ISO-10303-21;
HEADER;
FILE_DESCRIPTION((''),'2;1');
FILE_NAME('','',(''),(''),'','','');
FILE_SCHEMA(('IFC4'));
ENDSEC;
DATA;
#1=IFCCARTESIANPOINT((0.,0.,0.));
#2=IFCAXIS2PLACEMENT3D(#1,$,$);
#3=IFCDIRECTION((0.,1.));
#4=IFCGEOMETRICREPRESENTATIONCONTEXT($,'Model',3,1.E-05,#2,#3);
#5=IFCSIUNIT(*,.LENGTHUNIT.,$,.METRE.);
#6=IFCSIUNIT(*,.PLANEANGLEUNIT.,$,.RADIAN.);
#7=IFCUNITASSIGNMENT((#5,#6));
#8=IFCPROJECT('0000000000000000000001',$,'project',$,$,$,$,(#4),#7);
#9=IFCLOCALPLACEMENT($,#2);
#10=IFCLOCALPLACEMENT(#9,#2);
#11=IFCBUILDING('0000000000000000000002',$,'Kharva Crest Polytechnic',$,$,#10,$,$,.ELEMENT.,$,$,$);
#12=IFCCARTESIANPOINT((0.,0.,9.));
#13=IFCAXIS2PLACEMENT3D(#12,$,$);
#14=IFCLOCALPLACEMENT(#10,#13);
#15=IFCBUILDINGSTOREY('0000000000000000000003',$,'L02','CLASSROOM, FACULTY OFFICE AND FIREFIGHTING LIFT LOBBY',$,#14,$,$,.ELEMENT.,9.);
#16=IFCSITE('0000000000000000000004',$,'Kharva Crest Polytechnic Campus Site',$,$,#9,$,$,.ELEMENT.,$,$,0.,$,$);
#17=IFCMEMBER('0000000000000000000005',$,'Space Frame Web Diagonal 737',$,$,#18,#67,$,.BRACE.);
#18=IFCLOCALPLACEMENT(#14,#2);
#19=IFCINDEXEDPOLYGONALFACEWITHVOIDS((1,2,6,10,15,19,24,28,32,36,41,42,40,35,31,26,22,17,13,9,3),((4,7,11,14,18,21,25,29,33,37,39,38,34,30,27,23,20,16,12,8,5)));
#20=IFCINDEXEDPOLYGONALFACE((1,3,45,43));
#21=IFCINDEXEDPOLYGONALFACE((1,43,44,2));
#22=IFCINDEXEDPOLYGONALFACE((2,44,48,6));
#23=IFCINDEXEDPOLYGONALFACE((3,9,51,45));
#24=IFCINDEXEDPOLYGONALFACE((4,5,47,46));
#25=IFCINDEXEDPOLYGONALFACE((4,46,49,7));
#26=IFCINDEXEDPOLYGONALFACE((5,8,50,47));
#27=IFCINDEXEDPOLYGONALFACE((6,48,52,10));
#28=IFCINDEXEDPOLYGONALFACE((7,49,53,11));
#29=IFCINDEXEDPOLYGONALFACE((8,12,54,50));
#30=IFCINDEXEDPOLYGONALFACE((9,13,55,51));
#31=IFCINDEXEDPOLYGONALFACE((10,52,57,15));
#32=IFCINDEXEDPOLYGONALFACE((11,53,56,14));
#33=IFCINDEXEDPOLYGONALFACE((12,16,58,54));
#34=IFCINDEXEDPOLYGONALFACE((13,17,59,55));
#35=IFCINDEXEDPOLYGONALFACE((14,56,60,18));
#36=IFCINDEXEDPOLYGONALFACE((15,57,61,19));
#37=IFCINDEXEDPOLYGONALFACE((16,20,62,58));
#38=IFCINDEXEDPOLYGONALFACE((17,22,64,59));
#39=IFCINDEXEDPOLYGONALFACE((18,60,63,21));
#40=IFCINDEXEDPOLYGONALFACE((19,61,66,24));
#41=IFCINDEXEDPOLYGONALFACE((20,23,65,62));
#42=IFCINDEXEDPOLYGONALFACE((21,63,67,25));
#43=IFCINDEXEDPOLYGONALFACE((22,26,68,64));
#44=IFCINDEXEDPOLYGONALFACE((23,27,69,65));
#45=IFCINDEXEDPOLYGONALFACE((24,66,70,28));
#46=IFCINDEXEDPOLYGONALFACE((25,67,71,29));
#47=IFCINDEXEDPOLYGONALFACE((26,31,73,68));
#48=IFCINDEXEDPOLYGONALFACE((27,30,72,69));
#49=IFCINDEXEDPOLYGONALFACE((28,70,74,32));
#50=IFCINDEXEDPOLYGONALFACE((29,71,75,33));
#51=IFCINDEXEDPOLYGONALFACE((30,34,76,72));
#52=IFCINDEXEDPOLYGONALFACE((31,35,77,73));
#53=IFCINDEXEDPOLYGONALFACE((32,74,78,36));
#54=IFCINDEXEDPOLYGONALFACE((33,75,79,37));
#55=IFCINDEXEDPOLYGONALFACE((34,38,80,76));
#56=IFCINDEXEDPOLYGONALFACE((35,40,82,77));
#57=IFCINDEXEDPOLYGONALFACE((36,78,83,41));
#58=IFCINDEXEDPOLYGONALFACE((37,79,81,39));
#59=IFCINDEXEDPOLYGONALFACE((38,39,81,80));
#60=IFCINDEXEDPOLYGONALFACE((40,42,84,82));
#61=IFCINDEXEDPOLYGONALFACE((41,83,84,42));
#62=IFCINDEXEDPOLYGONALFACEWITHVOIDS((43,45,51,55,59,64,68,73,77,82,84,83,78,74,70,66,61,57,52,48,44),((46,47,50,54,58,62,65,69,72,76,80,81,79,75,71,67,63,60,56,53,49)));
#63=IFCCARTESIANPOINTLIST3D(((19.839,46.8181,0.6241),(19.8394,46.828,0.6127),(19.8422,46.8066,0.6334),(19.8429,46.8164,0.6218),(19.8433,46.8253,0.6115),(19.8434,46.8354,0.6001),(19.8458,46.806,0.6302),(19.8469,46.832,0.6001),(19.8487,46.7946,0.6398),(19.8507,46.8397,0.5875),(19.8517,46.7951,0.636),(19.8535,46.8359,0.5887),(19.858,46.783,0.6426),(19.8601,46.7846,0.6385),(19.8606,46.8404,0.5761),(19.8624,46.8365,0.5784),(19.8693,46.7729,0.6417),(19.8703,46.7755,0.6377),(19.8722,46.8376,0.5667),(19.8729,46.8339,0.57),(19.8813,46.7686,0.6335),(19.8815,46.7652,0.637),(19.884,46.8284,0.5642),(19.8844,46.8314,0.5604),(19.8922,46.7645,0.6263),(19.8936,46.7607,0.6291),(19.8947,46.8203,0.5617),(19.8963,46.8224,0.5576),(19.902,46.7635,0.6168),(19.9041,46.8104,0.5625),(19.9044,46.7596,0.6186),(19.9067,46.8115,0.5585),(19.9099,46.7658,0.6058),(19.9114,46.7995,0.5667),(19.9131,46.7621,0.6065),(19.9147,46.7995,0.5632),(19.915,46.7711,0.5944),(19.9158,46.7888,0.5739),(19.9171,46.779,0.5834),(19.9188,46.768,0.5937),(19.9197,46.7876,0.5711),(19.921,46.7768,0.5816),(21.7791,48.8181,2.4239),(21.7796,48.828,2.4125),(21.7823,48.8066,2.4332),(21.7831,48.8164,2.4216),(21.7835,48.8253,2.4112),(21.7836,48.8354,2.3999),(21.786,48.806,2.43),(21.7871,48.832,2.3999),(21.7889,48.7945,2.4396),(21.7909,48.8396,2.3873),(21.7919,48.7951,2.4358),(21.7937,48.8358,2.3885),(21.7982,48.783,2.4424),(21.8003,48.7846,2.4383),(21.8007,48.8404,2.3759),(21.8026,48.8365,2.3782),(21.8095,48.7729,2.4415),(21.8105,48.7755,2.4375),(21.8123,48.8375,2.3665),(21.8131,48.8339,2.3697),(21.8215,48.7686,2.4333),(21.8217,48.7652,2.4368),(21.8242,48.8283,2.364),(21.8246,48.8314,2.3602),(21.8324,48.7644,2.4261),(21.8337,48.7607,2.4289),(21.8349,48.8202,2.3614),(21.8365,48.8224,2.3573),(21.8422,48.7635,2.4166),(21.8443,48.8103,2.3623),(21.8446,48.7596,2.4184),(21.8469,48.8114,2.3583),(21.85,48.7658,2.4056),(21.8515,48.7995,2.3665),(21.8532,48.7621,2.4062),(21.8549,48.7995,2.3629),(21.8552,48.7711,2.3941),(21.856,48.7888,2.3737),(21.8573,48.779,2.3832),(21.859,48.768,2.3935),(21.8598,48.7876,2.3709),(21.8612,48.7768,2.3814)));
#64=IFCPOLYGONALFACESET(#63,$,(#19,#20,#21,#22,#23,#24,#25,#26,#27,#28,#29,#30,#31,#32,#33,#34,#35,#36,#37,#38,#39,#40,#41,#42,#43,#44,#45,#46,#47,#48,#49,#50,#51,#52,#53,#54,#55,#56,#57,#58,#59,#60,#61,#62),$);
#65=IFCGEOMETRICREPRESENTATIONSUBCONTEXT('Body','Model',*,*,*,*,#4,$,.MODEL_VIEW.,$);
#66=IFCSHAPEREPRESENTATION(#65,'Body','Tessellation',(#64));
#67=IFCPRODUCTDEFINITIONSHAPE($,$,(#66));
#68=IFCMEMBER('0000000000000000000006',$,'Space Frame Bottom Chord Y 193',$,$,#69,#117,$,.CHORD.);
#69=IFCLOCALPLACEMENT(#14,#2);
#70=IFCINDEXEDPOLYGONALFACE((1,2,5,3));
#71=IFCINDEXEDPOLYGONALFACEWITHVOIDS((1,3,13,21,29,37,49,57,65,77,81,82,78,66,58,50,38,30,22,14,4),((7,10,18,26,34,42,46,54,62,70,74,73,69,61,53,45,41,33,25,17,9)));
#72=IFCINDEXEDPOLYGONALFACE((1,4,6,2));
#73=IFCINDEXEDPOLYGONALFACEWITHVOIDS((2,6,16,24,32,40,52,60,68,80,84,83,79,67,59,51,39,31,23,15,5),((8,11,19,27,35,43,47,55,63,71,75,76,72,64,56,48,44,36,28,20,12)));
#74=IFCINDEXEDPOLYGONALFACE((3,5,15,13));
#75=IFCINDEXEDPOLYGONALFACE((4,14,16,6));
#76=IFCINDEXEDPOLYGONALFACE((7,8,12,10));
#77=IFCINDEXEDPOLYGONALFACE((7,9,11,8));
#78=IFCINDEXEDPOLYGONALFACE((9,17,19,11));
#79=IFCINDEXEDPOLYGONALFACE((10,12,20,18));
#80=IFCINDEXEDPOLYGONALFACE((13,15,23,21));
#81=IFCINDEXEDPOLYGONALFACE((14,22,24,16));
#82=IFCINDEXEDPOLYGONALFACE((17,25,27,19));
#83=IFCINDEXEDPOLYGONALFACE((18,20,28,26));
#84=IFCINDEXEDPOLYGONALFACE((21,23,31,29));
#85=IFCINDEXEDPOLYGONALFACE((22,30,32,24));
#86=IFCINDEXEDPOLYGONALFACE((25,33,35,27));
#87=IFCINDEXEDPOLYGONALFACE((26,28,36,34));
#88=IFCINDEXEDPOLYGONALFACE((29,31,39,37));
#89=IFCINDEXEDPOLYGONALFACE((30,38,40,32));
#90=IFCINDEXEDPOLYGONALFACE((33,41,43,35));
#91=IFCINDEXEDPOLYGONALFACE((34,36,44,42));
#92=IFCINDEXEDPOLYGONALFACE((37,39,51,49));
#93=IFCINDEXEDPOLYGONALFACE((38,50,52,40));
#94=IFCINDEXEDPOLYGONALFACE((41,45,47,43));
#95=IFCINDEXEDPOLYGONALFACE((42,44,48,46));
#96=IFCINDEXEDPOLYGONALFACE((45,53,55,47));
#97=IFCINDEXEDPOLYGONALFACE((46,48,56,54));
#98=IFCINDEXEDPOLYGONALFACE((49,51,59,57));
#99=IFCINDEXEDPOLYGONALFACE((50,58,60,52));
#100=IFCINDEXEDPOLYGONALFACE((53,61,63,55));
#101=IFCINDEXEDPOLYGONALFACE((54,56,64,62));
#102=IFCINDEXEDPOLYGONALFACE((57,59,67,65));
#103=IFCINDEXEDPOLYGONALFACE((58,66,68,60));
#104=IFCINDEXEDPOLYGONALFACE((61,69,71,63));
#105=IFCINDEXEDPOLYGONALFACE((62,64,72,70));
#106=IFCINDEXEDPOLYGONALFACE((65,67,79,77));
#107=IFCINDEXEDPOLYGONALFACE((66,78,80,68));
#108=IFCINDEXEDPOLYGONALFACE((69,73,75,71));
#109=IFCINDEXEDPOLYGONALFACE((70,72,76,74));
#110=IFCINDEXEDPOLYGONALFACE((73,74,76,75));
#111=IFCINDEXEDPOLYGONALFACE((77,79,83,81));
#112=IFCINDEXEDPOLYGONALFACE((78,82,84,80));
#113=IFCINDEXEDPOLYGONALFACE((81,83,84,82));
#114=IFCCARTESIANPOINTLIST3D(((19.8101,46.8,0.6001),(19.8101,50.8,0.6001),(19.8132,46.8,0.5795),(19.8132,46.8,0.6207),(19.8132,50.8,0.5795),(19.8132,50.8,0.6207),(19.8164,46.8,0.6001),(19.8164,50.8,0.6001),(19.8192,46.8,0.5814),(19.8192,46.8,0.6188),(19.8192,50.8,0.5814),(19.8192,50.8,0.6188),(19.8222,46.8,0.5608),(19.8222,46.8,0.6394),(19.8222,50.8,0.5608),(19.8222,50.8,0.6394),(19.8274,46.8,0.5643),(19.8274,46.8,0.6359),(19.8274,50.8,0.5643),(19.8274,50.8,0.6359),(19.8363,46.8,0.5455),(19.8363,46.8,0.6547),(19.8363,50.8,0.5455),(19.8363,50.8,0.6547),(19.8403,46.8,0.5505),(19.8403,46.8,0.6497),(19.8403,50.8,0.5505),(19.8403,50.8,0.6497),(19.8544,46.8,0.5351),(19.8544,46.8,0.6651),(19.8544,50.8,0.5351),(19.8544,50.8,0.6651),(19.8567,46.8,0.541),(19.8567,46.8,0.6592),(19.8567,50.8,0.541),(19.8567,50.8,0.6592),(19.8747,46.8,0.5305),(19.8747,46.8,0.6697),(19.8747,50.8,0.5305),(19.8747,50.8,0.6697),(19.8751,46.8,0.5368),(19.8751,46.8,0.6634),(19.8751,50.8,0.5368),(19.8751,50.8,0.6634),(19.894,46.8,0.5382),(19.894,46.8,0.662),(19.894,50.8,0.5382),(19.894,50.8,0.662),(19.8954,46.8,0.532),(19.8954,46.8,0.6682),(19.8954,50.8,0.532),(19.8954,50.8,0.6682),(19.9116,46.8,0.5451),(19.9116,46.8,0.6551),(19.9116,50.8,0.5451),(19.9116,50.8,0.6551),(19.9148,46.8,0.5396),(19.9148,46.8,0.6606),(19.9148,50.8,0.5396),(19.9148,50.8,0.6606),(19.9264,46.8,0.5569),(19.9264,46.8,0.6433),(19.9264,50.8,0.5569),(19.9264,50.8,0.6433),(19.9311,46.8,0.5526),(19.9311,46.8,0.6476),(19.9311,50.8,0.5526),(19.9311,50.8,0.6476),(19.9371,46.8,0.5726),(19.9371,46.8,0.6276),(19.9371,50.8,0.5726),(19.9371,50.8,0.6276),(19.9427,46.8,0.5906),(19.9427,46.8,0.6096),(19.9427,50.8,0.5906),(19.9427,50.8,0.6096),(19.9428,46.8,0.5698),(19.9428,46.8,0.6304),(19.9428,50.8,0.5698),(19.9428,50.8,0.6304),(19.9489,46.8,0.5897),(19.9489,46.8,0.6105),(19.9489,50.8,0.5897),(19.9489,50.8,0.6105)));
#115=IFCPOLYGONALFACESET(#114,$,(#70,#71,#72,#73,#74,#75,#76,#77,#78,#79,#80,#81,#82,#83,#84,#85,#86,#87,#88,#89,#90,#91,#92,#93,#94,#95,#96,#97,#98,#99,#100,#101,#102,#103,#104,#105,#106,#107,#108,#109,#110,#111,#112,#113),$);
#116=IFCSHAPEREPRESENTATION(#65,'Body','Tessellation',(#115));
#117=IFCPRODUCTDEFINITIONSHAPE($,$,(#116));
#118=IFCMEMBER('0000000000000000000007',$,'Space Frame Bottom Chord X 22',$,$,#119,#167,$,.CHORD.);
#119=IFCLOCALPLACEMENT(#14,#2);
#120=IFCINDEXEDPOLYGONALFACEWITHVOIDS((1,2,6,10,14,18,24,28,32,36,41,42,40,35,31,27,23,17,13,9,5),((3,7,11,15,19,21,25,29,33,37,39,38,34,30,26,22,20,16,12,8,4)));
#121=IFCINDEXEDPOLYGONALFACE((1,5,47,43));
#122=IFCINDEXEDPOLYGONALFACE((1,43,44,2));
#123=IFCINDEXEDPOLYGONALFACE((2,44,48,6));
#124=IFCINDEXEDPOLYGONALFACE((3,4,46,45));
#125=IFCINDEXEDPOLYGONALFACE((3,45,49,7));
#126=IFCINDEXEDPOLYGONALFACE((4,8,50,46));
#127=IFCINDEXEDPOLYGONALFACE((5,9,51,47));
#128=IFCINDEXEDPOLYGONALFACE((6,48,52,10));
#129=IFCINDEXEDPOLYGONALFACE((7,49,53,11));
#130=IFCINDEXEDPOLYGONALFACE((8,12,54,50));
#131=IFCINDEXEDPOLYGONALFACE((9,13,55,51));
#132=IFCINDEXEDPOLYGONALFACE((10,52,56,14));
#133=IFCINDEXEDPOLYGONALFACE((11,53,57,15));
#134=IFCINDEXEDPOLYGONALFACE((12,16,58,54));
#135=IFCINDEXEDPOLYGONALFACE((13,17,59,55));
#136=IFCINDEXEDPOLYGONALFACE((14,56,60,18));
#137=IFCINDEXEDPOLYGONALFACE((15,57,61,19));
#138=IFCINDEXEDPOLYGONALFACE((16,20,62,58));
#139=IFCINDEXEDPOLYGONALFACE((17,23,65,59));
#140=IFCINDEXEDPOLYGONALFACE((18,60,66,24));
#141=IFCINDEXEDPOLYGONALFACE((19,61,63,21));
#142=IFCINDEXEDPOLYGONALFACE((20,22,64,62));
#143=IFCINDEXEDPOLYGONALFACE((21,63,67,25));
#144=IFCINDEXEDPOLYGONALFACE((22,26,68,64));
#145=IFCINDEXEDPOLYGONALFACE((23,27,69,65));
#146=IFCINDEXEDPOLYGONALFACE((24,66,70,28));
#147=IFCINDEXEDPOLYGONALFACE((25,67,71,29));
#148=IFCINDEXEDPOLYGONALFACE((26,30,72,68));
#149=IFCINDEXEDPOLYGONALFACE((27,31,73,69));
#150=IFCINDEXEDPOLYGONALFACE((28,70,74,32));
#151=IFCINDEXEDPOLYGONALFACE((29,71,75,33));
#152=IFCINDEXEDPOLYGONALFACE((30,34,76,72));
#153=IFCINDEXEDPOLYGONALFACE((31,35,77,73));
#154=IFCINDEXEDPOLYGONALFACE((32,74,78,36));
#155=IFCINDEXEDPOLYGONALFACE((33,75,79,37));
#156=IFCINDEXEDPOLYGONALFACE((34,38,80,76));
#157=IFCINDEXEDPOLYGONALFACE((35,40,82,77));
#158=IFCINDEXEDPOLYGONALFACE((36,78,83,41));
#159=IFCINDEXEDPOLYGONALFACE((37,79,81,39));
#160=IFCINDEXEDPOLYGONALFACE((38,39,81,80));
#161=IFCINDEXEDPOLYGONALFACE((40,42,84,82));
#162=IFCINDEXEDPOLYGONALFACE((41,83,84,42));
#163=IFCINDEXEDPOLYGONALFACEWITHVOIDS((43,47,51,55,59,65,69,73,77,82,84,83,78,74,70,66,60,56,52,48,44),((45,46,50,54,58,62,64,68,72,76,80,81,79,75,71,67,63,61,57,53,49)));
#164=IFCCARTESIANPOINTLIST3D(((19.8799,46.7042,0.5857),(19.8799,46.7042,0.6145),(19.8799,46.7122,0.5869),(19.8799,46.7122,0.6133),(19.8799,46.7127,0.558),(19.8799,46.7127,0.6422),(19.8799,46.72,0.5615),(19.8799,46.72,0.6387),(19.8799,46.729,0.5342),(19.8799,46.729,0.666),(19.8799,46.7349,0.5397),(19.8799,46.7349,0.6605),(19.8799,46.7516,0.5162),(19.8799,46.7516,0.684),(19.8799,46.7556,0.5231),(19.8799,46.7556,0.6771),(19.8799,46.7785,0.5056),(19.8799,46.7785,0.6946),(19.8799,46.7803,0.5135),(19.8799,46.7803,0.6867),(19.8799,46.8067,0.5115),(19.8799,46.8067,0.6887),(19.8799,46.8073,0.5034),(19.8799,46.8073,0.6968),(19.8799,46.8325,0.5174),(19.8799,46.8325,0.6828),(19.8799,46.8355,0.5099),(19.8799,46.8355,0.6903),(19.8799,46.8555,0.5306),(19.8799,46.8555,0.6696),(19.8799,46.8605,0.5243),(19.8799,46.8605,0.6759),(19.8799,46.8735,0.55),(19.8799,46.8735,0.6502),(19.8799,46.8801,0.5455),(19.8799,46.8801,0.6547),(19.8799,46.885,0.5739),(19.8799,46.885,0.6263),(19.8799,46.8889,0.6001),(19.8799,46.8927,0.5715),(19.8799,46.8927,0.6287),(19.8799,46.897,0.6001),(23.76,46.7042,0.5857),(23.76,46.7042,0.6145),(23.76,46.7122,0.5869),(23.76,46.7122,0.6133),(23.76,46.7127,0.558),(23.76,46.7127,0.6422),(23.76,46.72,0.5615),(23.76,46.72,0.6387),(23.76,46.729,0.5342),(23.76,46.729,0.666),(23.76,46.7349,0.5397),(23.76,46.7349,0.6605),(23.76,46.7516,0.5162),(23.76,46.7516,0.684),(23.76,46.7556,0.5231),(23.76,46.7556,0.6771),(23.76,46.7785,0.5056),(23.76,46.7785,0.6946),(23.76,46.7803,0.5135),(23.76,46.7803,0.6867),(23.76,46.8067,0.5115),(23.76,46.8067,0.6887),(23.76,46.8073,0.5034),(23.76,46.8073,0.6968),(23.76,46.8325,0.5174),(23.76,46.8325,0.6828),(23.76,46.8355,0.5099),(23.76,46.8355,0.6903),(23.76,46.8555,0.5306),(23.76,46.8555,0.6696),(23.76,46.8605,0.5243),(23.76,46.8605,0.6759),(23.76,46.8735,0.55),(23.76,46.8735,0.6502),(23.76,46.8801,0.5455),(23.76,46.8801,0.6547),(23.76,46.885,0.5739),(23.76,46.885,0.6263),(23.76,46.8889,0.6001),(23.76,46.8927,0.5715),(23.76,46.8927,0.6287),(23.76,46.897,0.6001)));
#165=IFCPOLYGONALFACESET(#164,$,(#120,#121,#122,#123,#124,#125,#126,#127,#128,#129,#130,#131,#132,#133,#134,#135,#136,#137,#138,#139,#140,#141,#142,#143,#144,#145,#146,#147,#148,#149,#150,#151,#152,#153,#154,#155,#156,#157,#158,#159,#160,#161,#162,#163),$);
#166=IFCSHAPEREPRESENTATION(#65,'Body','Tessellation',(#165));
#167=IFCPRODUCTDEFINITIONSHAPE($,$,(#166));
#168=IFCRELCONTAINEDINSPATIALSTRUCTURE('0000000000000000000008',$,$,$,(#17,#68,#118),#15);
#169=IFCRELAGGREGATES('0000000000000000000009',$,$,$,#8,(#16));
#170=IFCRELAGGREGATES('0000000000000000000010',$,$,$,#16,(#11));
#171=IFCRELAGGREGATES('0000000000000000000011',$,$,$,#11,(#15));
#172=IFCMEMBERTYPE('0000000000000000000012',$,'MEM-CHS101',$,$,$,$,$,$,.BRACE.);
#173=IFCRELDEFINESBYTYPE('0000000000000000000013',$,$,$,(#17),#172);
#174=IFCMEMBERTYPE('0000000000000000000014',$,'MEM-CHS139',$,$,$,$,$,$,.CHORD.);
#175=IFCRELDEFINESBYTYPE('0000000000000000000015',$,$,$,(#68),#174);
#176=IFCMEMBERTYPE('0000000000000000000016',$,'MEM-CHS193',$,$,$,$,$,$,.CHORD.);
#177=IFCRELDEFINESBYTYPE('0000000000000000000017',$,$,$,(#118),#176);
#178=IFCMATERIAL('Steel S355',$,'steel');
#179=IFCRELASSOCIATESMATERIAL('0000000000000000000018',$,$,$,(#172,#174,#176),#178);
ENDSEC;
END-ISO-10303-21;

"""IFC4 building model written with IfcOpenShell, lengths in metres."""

from ifc_helpers import new_model, si_unit, direction, frame, origin, origin_2d, place, context, subcontext, project, spatial, hollow_circle, extrude, material, material_profile, profile_set, type_object, element, save


model = new_model("IFC4")

# Units and contexts
model_context = context("Model", 3, precision=1e-05, world=origin(), true_north=direction((0.0, 1.0)))
body_context = subcontext(model_context, "Body", "Model", "MODEL_VIEW")
ifc_project = project(units=[si_unit("LENGTHUNIT", "METRE"), si_unit("PLANEANGLEUNIT", "RADIAN")], contexts=[model_context])

# Site, building, storey
site_placement = place(None, origin())
site = spatial("IfcSite", under=ifc_project, at=site_placement, Name="Kharva Crest Polytechnic Campus Site", CompositionType="ELEMENT", RefElevation=0.0)
building_placement = place(site_placement, origin())
building = spatial("IfcBuilding", under=site, at=building_placement, Name="Kharva Crest Polytechnic", CompositionType="ELEMENT")
storey_placement = place(building_placement, frame((0.0, 0.0, 9.0)))
storey = spatial("IfcBuildingStorey", under=building, at=storey_placement, Name="L02", Description="CLASSROOM, FACULTY OFFICE AND FIREFIGHTING LIFT LOBBY", CompositionType="ELEMENT", Elevation=9.0)

# Shared definitions
ifc_material_1 = material(Name="Steel S355", Category="steel")

# Members
ifc_material_profile_1 = material_profile(ifc_material_1, hollow_circle(Radius=0.0508, WallThickness=0.0049, at=origin_2d()), Name="CHS 101.6X5.0")
ifc_profile_set_1 = profile_set([ifc_material_profile_1], Name="Steel S355")
member_type_1 = type_object("IfcMemberType", Name="MEM-CHS101", PredefinedType="BRACE", material=ifc_profile_set_1)
for number, where, z_axis, x_axis, name in (
    (1, (19.8799, 46.8, 0.6001), (0.584892, 0.602924, 0.542572), (-0.717758, 0.696292, 0.0), "Space Frame Web Diagonal 737"),
):
    element("IfcMember", number, at=place(storey_placement, frame(where, z_axis=z_axis, x_axis=x_axis)), inside=storey, type_object=member_type_1, Name=name, PredefinedType="BRACE", context=body_context, shape_type="SweptSolid", body=[
        extrude(hollow_circle(Radius=0.0508, WallThickness=0.0049, at=origin_2d()), origin(), (0.0, 0.0, 1.0), 3.3171),
    ])
ifc_material_profile_2 = material_profile(ifc_material_1, hollow_circle(Radius=0.0698, WallThickness=0.0063, at=origin_2d()), Name="CHS 139.7X6.3")
ifc_profile_set_2 = profile_set([ifc_material_profile_2], Name="Steel S355")
member_type_2 = type_object("IfcMemberType", Name="MEM-CHS139", PredefinedType="CHORD", material=ifc_profile_set_2)
member_1_placement = place(storey_placement, frame((19.8799, 46.8, 0.6001), z_axis=(0.0, 1.0, 0.0), x_axis=(-1.0, 0.0, 0.0)))
element("IfcMember", 2, at=member_1_placement, inside=storey, type_object=member_type_2, Name="Space Frame Bottom Chord Y 193", PredefinedType="CHORD", context=body_context, shape_type="SweptSolid", body=[
    extrude(hollow_circle(Radius=0.0698, WallThickness=0.0063, at=origin_2d()), origin(), (0.0, 0.0, 1.0), 4.0),
])
ifc_material_profile_3 = material_profile(ifc_material_1, hollow_circle(Radius=0.0969, WallThickness=0.0081, at=origin_2d()), Name="CHS 193.7X8.0")
ifc_profile_set_3 = profile_set([ifc_material_profile_3], Name="Steel S355")
member_type_3 = type_object("IfcMemberType", Name="MEM-CHS193", PredefinedType="CHORD", material=ifc_profile_set_3)
member_2_placement = place(storey_placement, frame((19.8799, 46.8, 0.6001), z_axis=(1.0, 0.0, 0.0), x_axis=(0.0, 1.0, 0.0)))
element("IfcMember", 3, at=member_2_placement, inside=storey, type_object=member_type_3, Name="Space Frame Bottom Chord X 22", PredefinedType="CHORD", context=body_context, shape_type="SweptSolid", body=[
    extrude(hollow_circle(Radius=0.0969, WallThickness=0.0081, at=origin_2d()), origin(), (0.0, 0.0, 1.0), 3.8801),
])

save(model, "model.ifc")
